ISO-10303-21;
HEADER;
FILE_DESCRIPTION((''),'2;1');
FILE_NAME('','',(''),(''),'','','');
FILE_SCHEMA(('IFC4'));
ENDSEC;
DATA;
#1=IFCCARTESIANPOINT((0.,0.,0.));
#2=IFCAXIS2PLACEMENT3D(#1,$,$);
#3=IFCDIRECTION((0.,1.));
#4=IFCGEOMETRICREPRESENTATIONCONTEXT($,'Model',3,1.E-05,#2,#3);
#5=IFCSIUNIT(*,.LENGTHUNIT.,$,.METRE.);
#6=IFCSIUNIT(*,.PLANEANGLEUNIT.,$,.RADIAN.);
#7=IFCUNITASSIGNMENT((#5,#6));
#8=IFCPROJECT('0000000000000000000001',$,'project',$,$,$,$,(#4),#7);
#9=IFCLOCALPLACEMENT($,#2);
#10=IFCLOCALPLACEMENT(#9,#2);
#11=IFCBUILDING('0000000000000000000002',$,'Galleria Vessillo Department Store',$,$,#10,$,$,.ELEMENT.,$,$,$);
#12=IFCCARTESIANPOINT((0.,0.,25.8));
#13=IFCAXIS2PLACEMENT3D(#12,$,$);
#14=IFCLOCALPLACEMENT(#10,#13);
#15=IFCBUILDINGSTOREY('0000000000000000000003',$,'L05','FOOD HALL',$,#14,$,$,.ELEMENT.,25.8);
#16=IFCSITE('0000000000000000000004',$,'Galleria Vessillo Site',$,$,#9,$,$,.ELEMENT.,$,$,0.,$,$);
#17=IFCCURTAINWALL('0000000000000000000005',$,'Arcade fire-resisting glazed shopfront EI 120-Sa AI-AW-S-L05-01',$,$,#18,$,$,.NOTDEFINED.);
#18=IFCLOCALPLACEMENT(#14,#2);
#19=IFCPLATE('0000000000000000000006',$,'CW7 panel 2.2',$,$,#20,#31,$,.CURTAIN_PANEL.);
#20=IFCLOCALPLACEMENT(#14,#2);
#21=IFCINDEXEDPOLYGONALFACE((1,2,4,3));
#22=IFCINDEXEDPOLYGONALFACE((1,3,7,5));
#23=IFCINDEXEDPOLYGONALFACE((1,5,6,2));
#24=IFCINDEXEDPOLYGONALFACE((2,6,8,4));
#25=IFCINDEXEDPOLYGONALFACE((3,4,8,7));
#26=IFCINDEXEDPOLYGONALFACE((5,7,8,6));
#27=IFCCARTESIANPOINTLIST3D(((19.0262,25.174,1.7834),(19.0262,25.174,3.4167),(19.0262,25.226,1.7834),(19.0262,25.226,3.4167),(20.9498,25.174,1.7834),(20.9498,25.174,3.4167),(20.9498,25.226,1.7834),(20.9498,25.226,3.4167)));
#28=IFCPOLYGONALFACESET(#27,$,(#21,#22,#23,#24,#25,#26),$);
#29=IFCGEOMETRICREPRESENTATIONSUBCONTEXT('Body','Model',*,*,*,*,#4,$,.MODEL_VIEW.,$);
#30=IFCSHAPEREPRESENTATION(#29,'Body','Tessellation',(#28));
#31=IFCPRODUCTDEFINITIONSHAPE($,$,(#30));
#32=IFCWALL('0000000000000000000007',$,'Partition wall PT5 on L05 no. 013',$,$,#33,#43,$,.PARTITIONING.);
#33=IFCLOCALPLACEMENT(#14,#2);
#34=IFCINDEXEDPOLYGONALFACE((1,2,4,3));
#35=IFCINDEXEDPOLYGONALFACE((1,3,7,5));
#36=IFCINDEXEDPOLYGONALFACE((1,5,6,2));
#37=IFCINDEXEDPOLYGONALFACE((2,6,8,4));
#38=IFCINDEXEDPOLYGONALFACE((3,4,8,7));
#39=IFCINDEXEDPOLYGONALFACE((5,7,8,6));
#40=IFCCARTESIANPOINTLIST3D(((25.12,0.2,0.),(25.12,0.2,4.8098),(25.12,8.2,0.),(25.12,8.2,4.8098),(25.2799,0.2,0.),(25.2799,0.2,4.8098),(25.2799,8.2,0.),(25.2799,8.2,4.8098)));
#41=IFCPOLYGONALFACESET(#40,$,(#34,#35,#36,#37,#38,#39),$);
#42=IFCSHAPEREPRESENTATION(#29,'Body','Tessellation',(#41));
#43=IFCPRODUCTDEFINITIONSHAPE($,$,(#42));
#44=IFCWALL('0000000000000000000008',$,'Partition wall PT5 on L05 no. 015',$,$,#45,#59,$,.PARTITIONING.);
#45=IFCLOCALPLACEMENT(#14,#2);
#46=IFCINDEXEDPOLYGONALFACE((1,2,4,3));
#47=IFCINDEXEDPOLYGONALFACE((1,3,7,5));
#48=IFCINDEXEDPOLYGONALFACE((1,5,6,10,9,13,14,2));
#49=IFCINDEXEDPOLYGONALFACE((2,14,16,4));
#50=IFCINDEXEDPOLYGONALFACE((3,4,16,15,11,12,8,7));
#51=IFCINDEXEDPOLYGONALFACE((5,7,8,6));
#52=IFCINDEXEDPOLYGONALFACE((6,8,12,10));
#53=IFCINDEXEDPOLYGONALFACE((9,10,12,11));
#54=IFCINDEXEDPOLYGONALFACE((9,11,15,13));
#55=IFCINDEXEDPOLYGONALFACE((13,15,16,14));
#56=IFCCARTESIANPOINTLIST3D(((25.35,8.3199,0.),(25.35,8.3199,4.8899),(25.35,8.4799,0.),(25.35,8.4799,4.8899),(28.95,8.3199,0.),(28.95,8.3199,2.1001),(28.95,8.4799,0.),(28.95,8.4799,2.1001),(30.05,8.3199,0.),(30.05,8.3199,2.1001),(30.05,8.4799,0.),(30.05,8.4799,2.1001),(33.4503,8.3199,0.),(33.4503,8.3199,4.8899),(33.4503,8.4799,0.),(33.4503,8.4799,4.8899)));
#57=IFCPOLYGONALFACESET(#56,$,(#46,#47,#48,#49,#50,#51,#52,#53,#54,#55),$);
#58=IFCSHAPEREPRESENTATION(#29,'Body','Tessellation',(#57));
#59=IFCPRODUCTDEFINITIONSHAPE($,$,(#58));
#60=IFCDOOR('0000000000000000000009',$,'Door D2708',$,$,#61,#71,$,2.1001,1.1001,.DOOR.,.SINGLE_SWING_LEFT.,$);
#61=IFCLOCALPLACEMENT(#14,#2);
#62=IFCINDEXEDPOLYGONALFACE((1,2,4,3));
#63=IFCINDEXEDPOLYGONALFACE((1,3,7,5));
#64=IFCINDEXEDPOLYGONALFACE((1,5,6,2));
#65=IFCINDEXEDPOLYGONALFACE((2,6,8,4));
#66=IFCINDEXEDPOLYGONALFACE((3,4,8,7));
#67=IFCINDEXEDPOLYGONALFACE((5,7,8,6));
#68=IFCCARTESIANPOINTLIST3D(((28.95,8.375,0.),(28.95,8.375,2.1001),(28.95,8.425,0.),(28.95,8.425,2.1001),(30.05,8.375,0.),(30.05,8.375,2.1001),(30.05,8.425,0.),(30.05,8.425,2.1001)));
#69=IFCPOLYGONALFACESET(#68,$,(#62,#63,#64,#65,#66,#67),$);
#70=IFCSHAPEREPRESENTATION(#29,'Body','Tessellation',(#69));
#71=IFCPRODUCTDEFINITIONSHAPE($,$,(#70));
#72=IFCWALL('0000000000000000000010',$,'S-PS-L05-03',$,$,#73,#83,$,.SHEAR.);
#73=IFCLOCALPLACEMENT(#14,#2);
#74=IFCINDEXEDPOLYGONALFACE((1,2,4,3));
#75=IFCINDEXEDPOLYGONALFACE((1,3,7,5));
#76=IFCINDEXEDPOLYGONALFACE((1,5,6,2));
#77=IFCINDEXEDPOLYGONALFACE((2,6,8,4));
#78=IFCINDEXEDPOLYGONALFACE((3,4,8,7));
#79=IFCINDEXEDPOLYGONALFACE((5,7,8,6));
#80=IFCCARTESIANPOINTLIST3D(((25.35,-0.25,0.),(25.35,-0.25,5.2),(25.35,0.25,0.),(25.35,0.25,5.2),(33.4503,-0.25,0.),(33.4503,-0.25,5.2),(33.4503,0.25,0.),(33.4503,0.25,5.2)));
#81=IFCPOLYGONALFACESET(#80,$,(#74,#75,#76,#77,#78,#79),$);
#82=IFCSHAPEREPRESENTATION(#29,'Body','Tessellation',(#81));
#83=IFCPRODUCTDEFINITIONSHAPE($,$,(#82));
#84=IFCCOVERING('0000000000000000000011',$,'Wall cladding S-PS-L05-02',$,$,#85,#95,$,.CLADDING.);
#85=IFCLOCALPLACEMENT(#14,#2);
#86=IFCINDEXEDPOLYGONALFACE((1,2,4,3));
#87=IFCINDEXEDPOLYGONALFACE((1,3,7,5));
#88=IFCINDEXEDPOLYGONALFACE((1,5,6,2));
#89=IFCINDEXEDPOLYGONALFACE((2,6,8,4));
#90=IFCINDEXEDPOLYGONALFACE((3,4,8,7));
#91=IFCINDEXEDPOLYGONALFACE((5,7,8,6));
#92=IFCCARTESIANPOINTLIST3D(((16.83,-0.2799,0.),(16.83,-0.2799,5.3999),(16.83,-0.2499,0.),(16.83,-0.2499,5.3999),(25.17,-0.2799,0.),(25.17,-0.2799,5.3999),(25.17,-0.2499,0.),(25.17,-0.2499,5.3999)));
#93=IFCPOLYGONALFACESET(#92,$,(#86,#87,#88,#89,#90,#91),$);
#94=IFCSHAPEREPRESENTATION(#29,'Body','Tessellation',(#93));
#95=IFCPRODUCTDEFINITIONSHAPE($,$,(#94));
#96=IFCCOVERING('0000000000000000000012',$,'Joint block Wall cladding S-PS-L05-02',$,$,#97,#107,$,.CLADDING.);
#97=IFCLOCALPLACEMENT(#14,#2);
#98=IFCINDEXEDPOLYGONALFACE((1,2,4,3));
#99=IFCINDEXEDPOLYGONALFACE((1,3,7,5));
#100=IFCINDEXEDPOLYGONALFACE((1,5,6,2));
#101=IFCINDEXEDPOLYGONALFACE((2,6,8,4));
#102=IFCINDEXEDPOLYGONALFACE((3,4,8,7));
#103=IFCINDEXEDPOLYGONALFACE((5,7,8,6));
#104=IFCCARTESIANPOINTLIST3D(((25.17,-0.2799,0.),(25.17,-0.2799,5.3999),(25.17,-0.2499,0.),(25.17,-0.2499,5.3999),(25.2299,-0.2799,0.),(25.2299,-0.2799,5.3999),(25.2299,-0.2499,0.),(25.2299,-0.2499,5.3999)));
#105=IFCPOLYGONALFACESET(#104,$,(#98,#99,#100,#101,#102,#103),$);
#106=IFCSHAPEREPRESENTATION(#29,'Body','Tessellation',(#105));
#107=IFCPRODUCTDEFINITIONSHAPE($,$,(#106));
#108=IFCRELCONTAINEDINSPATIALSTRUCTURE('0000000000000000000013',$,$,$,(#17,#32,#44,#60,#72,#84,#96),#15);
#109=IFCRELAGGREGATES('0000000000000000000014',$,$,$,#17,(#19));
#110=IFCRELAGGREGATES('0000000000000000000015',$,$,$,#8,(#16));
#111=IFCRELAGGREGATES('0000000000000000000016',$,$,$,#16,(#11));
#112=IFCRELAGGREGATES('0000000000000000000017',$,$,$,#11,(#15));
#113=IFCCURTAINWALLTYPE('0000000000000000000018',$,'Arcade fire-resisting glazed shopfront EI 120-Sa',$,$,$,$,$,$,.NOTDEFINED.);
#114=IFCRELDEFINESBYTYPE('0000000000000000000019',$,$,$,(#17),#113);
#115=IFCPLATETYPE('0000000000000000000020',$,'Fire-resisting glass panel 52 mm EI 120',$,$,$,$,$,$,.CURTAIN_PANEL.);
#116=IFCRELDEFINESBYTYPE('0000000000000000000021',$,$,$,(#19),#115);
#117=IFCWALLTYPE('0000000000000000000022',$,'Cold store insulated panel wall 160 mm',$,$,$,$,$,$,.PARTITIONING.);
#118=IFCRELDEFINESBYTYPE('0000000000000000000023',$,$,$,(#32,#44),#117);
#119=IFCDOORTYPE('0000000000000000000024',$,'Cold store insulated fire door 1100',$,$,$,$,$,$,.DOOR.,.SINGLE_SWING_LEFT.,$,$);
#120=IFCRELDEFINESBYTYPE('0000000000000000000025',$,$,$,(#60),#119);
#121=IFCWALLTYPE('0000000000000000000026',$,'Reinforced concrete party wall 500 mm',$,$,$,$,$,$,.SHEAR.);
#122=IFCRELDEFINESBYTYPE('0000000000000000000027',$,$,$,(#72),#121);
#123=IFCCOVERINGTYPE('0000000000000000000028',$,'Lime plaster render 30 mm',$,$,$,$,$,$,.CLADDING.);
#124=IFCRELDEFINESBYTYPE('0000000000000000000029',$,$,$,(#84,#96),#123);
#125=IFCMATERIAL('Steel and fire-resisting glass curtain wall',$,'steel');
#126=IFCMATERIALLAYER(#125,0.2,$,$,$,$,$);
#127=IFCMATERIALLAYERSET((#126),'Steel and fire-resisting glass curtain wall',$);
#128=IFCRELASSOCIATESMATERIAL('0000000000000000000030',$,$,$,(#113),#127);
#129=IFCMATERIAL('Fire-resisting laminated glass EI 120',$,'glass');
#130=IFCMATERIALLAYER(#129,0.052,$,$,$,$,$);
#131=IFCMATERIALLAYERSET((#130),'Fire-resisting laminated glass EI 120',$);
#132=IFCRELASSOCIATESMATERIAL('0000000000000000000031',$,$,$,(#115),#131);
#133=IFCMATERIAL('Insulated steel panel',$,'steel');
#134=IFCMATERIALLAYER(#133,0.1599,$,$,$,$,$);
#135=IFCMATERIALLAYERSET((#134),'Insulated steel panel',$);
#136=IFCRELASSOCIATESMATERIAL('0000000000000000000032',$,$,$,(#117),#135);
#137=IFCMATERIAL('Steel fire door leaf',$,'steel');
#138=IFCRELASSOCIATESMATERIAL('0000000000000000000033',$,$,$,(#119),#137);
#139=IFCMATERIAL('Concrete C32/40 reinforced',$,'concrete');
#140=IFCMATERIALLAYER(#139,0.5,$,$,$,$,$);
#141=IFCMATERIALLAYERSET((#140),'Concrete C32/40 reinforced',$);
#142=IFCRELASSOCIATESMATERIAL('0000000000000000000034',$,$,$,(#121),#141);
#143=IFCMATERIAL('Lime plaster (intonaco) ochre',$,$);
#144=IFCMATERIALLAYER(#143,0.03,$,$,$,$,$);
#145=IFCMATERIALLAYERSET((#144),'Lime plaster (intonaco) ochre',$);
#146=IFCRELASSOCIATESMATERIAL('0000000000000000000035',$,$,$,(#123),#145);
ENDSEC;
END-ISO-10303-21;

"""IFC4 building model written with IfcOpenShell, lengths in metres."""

from ifc_helpers import new_model, si_unit, direction, frame, frame_2d, origin, origin_2d, place, context, subcontext, project, spatial, rectangle, extrude, material, layer, layer_set, type_object, element, fill, aggregate, save


model = new_model("IFC4")

# Units and contexts
model_context = context("Model", 3, precision=1e-05, world=origin(), true_north=direction((0.0, 1.0)))
body_context = subcontext(model_context, "Body", "Model", "MODEL_VIEW")
ifc_project = project(units=[si_unit("LENGTHUNIT", "METRE"), si_unit("PLANEANGLEUNIT", "RADIAN")], contexts=[model_context])

# Site, building, storey
site_placement = place(None, origin())
site = spatial("IfcSite", under=ifc_project, at=site_placement, Name="Galleria Vessillo Site", CompositionType="ELEMENT", RefElevation=0.0)
building_placement = place(site_placement, origin())
building = spatial("IfcBuilding", under=site, at=building_placement, Name="Galleria Vessillo Department Store", CompositionType="ELEMENT")
storey_placement = place(building_placement, frame((0.0, 0.0, 25.8)))
storey = spatial("IfcBuildingStorey", under=building, at=storey_placement, Name="L05", Description="FOOD HALL", CompositionType="ELEMENT", Elevation=25.8)

# Curtain wall, plate
ifc_material_1 = material(Name="Steel and fire-resisting glass curtain wall", Category="steel")
ifc_layer_1 = layer(ifc_material_1, 0.2)
ifc_layer_set_1 = layer_set([ifc_layer_1], Name="Steel and fire-resisting glass curtain wall")
curtain_wall_type = type_object("IfcCurtainWallType", Name="Arcade fire-resisting glazed shopfront EI 120-Sa", PredefinedType="NOTDEFINED", material=ifc_layer_set_1)
curtain_wall_placement = place(storey_placement, origin())
curtain_wall = element("IfcCurtainWall", 1, at=curtain_wall_placement, inside=storey, type_object=curtain_wall_type, Name="Arcade fire-resisting glazed shopfront EI 120-Sa AI-AW-S-L05-01", PredefinedType="NOTDEFINED")
ifc_material_2 = material(Name="Fire-resisting laminated glass EI 120", Category="glass")
ifc_layer_2 = layer(ifc_material_2, 0.052)
ifc_layer_set_2 = layer_set([ifc_layer_2], Name="Fire-resisting laminated glass EI 120")
plate_type = type_object("IfcPlateType", Name="Fire-resisting glass panel 52 mm EI 120", PredefinedType="CURTAIN_PANEL", material=ifc_layer_set_2)
plate_1_placement = place(storey_placement, frame((19.988, 25.2, 1.7834), z_axis=(0.0, 0.0, 1.0), x_axis=(1.0, 0.0, 0.0)))
plate_1 = element("IfcPlate", 2, at=plate_1_placement, type_object=plate_type, Name="CW7 panel 2.2", PredefinedType="CURTAIN_PANEL", context=body_context, shape_type="SweptSolid", body=[
    extrude(rectangle(XDim=1.9236, YDim=0.052, at=origin_2d()), origin(), (0.0, 0.0, 1.0), 1.6333),
])
aggregate(curtain_wall, [plate_1])

# Wall
ifc_material_3 = material(Name="Insulated steel panel", Category="steel")
ifc_layer_3 = layer(ifc_material_3, 0.1599)
ifc_layer_set_3 = layer_set([ifc_layer_3], Name="Insulated steel panel")
wall_type_1 = type_object("IfcWallType", Name="Cold store insulated panel wall 160 mm", PredefinedType="PARTITIONING", material=ifc_layer_set_3)
wall_1_placement = place(storey_placement, frame((25.2, 0.2, 0.0), z_axis=(0.0, 0.0, 1.0), x_axis=(0.0, 1.0, 0.0)))
element("IfcWall", 3, at=wall_1_placement, inside=storey, type_object=wall_type_1, Name="Partition wall PT5 on L05 no. 013", PredefinedType="PARTITIONING", context=body_context, shape_type="SweptSolid", body=[
    extrude(rectangle(XDim=8.0, YDim=0.1599, at=frame_2d((4.0, 0.0))), origin(), (0.0, 0.0, 1.0), 4.8098),
])

# Wall, opening, door
wall_2_placement = place(storey_placement, frame((25.3499, 8.3999, 0.0), z_axis=(0.0, 0.0, 1.0), x_axis=(1.0, 0.0, 0.0)))
wall_2 = element("IfcWall", 4, at=wall_2_placement, inside=storey, type_object=wall_type_1, Name="Partition wall PT5 on L05 no. 015", PredefinedType="PARTITIONING", context=body_context, shape_type="SweptSolid", body=[
    extrude(rectangle(XDim=8.1003, YDim=0.1599, at=frame_2d((4.0503, 0.0))), origin(), (0.0, 0.0, 1.0), 4.8899),
])
opening_placement = place(wall_2_placement, frame((3.6001, 0.0, 0.0)))
opening = element("IfcOpeningElement", 5, at=opening_placement, cuts=wall_2, PredefinedType="OPENING", context=body_context, shape_type="SweptSolid", body=[
    extrude(rectangle(XDim=1.1001, YDim=2.1001, at=frame_2d((0.55, 1.05))), frame((0.0, 0.0898, 0.0), z_axis=(0.0, -1.0, 0.0), x_axis=(1.0, 0.0, 0.0)), (0.0, 0.0, 1.0), 0.1799),
])
ifc_material_4 = material(Name="Steel fire door leaf", Category="steel")
door_type = type_object("IfcDoorType", Name="Cold store insulated fire door 1100", OperationType="SINGLE_SWING_LEFT", PredefinedType="DOOR", material=ifc_material_4)
door_placement = place(opening_placement, frame((1.1001, 0.0, 0.0), z_axis=(0.0, 0.0, 1.0), x_axis=(-1.0, 0.0, 0.0)))
door = element("IfcDoor", 6, at=door_placement, inside=storey, type_object=door_type, Name="Door D2708", OperationType="SINGLE_SWING_LEFT", OverallHeight=2.1001, OverallWidth=1.1001, PredefinedType="DOOR", context=body_context, shape_type="SweptSolid", body=[
    extrude(rectangle(XDim=1.1001, YDim=2.1001, at=frame_2d((0.55, 1.05))), frame((0.0, 0.0249, 0.0), z_axis=(0.0, -1.0, 0.0), x_axis=(1.0, 0.0, 0.0)), (0.0, 0.0, 1.0), 0.05),
])
fill(opening, door)

# Wall
ifc_material_5 = material(Name="Concrete C32/40 reinforced", Category="concrete")
ifc_layer_4 = layer(ifc_material_5, 0.5)
ifc_layer_set_4 = layer_set([ifc_layer_4], Name="Concrete C32/40 reinforced")
wall_type_2 = type_object("IfcWallType", Name="Reinforced concrete party wall 500 mm", PredefinedType="SHEAR", material=ifc_layer_set_4)
wall_3_placement = place(storey_placement, frame((25.3499, 0.0, 0.0), z_axis=(0.0, 0.0, 1.0), x_axis=(1.0, 0.0, 0.0)))
element("IfcWall", 7, at=wall_3_placement, inside=storey, type_object=wall_type_2, Name="S-PS-L05-03", PredefinedType="SHEAR", context=body_context, shape_type="SweptSolid", body=[
    extrude(rectangle(XDim=8.1003, YDim=0.5, at=frame_2d((4.0503, 0.0))), origin(), (0.0, 0.0, 1.0), 5.2),
])

# Coverings
ifc_material_6 = material(Name="Lime plaster (intonaco) ochre")
ifc_layer_5 = layer(ifc_material_6, 0.03)
ifc_layer_set_5 = layer_set([ifc_layer_5], Name="Lime plaster (intonaco) ochre")
covering_type = type_object("IfcCoveringType", Name="Lime plaster render 30 mm", PredefinedType="CLADDING", material=ifc_layer_set_5)
covering_1_placement = place(storey_placement, frame((21.0, -0.2649, 0.0), z_axis=(0.0, 0.0, 1.0), x_axis=(1.0, 0.0, 0.0)))
element("IfcCovering", 8, at=covering_1_placement, inside=storey, type_object=covering_type, Name="Wall cladding S-PS-L05-02", PredefinedType="CLADDING", context=body_context, shape_type="SweptSolid", body=[
    extrude(rectangle(XDim=8.3401, YDim=0.03, at=origin_2d()), origin(), (0.0, 0.0, 1.0), 5.3999),
])
covering_2_placement = place(storey_placement, frame((25.2, -0.2649, 0.0), z_axis=(0.0, 0.0, 1.0), x_axis=(1.0, 0.0, 0.0)))
element("IfcCovering", 9, at=covering_2_placement, inside=storey, type_object=covering_type, Name="Joint block Wall cladding S-PS-L05-02", PredefinedType="CLADDING", context=body_context, shape_type="SweptSolid", body=[
    extrude(rectangle(XDim=0.0598, YDim=0.03, at=origin_2d()), origin(), (0.0, 0.0, 1.0), 5.3999),
])

save(model, "model.ifc")
